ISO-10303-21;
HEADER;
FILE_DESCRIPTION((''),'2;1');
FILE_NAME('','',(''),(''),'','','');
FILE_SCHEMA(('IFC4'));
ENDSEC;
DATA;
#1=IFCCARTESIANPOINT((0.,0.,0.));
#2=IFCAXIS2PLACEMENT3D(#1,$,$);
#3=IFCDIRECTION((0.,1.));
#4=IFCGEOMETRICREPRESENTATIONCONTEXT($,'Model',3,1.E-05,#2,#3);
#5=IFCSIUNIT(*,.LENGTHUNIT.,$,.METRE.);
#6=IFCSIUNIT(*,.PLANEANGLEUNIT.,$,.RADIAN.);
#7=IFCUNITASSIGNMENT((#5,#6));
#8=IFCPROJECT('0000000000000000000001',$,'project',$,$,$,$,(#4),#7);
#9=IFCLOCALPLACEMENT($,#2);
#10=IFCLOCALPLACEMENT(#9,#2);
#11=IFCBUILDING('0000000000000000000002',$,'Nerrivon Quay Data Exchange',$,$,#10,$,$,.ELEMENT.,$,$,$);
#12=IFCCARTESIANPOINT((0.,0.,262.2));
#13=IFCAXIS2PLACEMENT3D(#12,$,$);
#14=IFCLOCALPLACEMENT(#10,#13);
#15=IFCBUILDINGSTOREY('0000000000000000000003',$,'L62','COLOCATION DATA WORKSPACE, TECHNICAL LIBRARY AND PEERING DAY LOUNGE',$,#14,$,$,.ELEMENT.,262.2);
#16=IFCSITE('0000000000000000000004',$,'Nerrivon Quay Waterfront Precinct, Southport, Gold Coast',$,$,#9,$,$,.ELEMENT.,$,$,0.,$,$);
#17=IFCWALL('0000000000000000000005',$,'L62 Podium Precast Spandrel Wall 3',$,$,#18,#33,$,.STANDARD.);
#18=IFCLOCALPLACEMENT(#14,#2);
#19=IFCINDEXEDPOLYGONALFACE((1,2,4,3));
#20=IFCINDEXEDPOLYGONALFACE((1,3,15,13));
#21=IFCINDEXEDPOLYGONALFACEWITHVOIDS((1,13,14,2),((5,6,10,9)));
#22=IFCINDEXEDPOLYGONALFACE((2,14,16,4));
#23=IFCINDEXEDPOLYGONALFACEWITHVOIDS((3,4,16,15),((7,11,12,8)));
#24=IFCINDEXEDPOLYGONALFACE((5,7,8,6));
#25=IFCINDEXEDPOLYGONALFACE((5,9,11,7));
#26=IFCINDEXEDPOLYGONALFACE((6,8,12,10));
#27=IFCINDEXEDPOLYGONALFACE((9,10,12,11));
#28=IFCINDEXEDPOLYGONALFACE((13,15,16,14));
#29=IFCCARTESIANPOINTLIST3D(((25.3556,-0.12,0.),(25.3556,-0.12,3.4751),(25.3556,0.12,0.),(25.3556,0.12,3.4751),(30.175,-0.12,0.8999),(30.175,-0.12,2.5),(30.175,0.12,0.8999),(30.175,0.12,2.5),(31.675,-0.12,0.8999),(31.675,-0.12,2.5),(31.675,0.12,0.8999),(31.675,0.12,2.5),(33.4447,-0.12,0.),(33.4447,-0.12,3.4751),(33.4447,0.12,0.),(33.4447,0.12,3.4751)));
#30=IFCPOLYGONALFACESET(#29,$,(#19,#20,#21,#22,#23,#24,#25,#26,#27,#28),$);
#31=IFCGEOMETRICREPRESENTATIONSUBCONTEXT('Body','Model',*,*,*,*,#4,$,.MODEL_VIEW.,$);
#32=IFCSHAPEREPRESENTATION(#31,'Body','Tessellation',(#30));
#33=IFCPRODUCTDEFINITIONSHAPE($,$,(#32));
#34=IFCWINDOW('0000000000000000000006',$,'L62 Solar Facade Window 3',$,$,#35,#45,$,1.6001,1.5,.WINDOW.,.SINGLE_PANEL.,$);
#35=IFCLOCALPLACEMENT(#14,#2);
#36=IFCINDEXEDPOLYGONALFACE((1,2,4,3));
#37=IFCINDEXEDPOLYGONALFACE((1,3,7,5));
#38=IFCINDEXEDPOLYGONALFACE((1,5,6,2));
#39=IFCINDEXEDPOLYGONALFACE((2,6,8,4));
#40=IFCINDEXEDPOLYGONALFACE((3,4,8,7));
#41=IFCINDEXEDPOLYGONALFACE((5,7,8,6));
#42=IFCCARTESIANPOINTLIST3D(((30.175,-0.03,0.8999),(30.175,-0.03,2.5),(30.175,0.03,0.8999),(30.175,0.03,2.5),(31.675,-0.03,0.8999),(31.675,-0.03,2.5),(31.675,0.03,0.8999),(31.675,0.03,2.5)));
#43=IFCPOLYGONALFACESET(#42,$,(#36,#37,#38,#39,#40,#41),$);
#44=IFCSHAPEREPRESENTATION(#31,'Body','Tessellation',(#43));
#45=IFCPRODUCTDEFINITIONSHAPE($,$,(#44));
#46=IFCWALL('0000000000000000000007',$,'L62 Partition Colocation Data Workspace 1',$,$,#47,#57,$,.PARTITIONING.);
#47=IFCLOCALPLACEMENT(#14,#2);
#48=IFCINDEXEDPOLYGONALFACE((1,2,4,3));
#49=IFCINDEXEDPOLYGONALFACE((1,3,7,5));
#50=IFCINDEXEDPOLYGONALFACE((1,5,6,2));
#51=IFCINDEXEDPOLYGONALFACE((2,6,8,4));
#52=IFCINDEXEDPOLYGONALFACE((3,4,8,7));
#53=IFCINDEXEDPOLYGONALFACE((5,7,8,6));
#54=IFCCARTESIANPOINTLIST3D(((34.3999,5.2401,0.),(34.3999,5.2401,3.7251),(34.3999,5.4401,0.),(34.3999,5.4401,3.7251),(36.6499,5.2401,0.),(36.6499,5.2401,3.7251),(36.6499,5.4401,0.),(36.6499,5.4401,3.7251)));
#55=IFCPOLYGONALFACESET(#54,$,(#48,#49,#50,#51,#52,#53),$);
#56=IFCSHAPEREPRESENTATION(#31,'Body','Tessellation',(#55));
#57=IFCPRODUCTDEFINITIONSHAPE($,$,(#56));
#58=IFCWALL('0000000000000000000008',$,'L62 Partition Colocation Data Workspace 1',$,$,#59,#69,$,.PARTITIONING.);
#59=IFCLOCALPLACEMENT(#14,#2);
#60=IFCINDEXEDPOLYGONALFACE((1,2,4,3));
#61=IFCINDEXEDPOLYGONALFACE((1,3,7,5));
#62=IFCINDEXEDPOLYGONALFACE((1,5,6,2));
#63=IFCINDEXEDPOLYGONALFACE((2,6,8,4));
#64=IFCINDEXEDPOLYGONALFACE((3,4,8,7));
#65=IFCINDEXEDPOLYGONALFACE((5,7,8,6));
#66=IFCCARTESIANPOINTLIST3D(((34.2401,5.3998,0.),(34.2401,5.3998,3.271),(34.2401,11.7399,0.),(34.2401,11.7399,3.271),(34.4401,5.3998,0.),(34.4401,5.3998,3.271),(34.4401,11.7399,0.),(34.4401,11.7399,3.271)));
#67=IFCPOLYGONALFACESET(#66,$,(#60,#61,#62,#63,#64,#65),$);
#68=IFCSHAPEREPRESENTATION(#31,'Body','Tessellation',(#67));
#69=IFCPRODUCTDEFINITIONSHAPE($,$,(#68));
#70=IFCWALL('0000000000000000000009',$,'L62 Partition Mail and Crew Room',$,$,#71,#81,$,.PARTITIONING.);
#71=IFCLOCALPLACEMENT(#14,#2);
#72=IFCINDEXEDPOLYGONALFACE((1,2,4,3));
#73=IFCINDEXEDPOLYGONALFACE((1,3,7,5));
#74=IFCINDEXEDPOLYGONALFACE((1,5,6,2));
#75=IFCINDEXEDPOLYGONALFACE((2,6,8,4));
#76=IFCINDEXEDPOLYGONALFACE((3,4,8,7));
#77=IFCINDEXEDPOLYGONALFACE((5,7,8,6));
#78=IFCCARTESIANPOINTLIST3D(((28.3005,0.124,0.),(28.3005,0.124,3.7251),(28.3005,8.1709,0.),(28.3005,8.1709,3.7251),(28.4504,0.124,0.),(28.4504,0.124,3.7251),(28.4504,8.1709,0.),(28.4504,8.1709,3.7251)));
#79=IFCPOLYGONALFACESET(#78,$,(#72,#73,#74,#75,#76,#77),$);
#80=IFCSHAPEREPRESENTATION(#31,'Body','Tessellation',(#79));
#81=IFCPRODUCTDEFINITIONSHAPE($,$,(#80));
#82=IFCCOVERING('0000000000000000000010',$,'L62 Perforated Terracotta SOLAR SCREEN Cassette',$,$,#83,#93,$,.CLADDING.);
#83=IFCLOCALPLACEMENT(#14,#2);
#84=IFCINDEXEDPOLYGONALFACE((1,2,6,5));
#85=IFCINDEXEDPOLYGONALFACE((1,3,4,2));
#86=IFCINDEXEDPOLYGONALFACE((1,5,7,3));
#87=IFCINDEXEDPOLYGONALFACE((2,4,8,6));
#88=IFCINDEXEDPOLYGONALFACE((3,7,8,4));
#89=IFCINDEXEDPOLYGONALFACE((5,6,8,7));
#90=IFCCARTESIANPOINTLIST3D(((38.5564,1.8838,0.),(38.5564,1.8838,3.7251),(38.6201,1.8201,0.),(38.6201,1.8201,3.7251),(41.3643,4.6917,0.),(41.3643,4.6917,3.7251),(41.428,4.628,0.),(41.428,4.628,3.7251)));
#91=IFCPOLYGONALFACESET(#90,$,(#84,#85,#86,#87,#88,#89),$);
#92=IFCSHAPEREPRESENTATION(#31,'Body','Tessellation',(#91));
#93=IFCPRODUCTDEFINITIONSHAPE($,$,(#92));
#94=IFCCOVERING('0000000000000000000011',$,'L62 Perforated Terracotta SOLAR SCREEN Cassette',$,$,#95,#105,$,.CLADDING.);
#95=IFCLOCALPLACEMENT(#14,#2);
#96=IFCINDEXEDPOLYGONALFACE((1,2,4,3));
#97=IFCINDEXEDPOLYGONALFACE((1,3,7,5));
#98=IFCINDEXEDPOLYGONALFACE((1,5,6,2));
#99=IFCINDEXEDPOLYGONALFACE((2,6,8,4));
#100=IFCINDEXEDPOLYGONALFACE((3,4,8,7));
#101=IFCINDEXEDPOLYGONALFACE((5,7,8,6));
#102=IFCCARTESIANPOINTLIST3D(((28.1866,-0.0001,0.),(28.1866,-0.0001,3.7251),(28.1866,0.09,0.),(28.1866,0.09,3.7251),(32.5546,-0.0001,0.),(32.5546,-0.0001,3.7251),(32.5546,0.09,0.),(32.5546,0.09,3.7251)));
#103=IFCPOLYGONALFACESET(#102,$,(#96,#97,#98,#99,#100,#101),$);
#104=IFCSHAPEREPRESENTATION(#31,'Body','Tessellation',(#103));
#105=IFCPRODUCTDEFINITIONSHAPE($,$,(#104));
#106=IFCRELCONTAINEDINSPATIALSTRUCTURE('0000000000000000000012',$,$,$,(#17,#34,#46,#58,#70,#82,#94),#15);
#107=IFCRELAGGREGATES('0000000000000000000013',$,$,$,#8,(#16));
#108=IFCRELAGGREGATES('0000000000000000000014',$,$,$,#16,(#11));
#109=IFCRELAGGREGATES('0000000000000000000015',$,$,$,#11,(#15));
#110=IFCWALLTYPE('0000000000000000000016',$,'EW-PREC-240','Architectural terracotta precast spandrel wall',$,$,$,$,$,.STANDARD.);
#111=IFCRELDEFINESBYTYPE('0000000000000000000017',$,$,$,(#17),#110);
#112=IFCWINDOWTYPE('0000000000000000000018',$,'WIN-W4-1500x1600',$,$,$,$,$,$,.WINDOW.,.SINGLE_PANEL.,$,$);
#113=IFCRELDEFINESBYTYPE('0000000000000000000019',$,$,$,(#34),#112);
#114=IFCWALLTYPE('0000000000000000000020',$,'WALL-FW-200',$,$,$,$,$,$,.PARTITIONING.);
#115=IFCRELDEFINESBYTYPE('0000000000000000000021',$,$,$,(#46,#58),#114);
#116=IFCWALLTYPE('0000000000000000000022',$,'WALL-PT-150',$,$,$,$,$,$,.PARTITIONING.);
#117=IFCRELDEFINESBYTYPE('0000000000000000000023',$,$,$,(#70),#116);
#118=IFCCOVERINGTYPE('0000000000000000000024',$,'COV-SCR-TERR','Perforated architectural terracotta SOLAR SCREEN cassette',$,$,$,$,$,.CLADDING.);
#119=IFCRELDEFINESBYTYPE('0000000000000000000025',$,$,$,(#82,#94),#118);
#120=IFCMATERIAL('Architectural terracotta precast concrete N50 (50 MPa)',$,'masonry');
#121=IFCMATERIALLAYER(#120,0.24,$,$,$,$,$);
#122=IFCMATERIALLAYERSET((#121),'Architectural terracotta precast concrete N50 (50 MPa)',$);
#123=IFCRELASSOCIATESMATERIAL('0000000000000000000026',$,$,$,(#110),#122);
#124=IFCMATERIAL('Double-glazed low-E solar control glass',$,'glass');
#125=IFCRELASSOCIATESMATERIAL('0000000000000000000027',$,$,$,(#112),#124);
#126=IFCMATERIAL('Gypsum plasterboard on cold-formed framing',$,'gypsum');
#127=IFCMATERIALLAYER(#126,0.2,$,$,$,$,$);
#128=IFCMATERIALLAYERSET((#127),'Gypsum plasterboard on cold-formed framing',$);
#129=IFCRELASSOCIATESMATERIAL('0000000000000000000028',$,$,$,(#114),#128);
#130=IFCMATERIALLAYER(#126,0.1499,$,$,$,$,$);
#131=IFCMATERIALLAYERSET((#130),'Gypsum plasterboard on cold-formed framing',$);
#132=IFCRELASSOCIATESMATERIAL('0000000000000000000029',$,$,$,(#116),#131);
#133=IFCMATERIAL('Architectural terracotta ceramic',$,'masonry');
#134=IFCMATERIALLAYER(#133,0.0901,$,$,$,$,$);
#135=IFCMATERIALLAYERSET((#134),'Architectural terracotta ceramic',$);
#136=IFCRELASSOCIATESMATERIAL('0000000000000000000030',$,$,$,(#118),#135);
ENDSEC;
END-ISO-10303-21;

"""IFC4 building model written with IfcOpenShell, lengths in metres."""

from ifc_helpers import new_model, si_unit, direction, frame, frame_2d, origin, origin_2d, place, context, subcontext, project, spatial, rectangle, extrude, material, layer, layer_set, type_object, element, fill, save


model = new_model("IFC4")

# Units and contexts
model_context = context("Model", 3, precision=1e-05, world=origin(), true_north=direction((0.0, 1.0)))
body_context = subcontext(model_context, "Body", "Model", "MODEL_VIEW")
ifc_project = project(units=[si_unit("LENGTHUNIT", "METRE"), si_unit("PLANEANGLEUNIT", "RADIAN")], contexts=[model_context])

# Site, building, storey
site_placement = place(None, origin())
site = spatial("IfcSite", under=ifc_project, at=site_placement, Name="Nerrivon Quay Waterfront Precinct, Southport, Gold Coast", CompositionType="ELEMENT", RefElevation=0.0)
building_placement = place(site_placement, origin())
building = spatial("IfcBuilding", under=site, at=building_placement, Name="Nerrivon Quay Data Exchange", CompositionType="ELEMENT")
storey_placement = place(building_placement, frame((0.0, 0.0, 262.2)))
storey = spatial("IfcBuildingStorey", under=building, at=storey_placement, Name="L62", Description="COLOCATION DATA WORKSPACE, TECHNICAL LIBRARY AND PEERING DAY LOUNGE", CompositionType="ELEMENT", Elevation=262.2)

# Shared definitions
ifc_material_1 = material(Name="Double-glazed low-E solar control glass", Category="glass")

# Wall, opening, window
ifc_material_2 = material(Name="Architectural terracotta precast concrete N50 (50 MPa)", Category="masonry")
ifc_layer_1 = layer(ifc_material_2, 0.24)
ifc_layer_set_1 = layer_set([ifc_layer_1], Name="Architectural terracotta precast concrete N50 (50 MPa)")
wall_type_1 = type_object("IfcWallType", Name="EW-PREC-240", Description="Architectural terracotta precast spandrel wall", PredefinedType="STANDARD", material=ifc_layer_set_1)
wall_1_placement = place(storey_placement, frame((33.4446, 0.0, 0.0), z_axis=(0.0, 0.0, 1.0), x_axis=(-1.0, 0.0, 0.0)))
wall_1 = element("IfcWall", 1, at=wall_1_placement, inside=storey, type_object=wall_type_1, Name="L62 Podium Precast Spandrel Wall 3", PredefinedType="STANDARD", context=body_context, shape_type="SweptSolid", body=[
    extrude(rectangle(XDim=8.0891, YDim=0.24, at=frame_2d((4.0444, 0.0))), origin(), (0.0, 0.0, 1.0), 3.4751),
])
opening_placement = place(wall_1_placement, frame((1.7695, 0.0, 0.8999)))
opening = element("IfcOpeningElement", 2, at=opening_placement, cuts=wall_1, PredefinedType="OPENING", context=body_context, shape_type="SweptSolid", body=[
    extrude(rectangle(XDim=1.5, YDim=1.6001, at=frame_2d((0.75, 0.8))), frame((0.0, 0.1299, 0.0), z_axis=(0.0, -1.0, 0.0), x_axis=(1.0, 0.0, 0.0)), (0.0, 0.0, 1.0), 0.26),
])
window_type = type_object("IfcWindowType", Name="WIN-W4-1500x1600", PartitioningType="SINGLE_PANEL", PredefinedType="WINDOW", material=ifc_material_1)
window_placement = place(opening_placement, origin())
window = element("IfcWindow", 3, at=window_placement, inside=storey, type_object=window_type, Name="L62 Solar Facade Window 3", OverallHeight=1.6001, OverallWidth=1.5, PartitioningType="SINGLE_PANEL", PredefinedType="WINDOW", context=body_context, shape_type="SweptSolid", body=[
    extrude(rectangle(XDim=1.5, YDim=1.6001, at=frame_2d((0.75, 0.8))), frame((0.0, 0.03, 0.0), z_axis=(0.0, -1.0, 0.0), x_axis=(1.0, 0.0, 0.0)), (0.0, 0.0, 1.0), 0.0601),
])
fill(opening, window)

# Walls
ifc_material_3 = material(Name="Gypsum plasterboard on cold-formed framing", Category="gypsum")
ifc_layer_2 = layer(ifc_material_3, 0.2)
ifc_layer_set_2 = layer_set([ifc_layer_2], Name="Gypsum plasterboard on cold-formed framing")
wall_type_2 = type_object("IfcWallType", Name="WALL-FW-200", PredefinedType="PARTITIONING", material=ifc_layer_set_2)
wall_2_placement = place(storey_placement, frame((36.6499, 5.3401, 0.0), z_axis=(0.0, 0.0, 1.0), x_axis=(-1.0, 0.0, 0.0)))
element("IfcWall", 4, at=wall_2_placement, inside=storey, type_object=wall_type_2, Name="L62 Partition Colocation Data Workspace 1", PredefinedType="PARTITIONING", context=body_context, shape_type="SweptSolid", body=[
    extrude(rectangle(XDim=2.25, YDim=0.2, at=frame_2d((1.125, 0.0))), origin(), (0.0, 0.0, 1.0), 3.7251),
])
wall_3_placement = place(storey_placement, frame((34.3401, 5.3999, 0.0), z_axis=(0.0, 0.0, 1.0), x_axis=(0.0, 1.0, 0.0)))
element("IfcWall", 5, at=wall_3_placement, inside=storey, type_object=wall_type_2, Name="L62 Partition Colocation Data Workspace 1", PredefinedType="PARTITIONING", context=body_context, shape_type="SweptSolid", body=[
    extrude(rectangle(XDim=6.3401, YDim=0.2, at=frame_2d((3.1699, 0.0))), origin(), (0.0, 0.0, 1.0), 3.271),
])
ifc_layer_3 = layer(ifc_material_3, 0.1499)
ifc_layer_set_3 = layer_set([ifc_layer_3], Name="Gypsum plasterboard on cold-formed framing")
wall_type_3 = type_object("IfcWallType", Name="WALL-PT-150", PredefinedType="PARTITIONING", material=ifc_layer_set_3)
wall_4_placement = place(storey_placement, frame((28.3755, 0.124, 0.0), z_axis=(0.0, 0.0, 1.0), x_axis=(0.0, 1.0, 0.0)))
element("IfcWall", 6, at=wall_4_placement, inside=storey, type_object=wall_type_3, Name="L62 Partition Mail and Crew Room", PredefinedType="PARTITIONING", context=body_context, shape_type="SweptSolid", body=[
    extrude(rectangle(XDim=8.0469, YDim=0.1499, at=frame_2d((4.0234, 0.0))), origin(), (0.0, 0.0, 1.0), 3.7251),
])

# Coverings
ifc_material_4 = material(Name="Architectural terracotta ceramic", Category="masonry")
ifc_layer_4 = layer(ifc_material_4, 0.0901)
ifc_layer_set_4 = layer_set([ifc_layer_4], Name="Architectural terracotta ceramic")
covering_type = type_object("IfcCoveringType", Name="COV-SCR-TERR", Description="Perforated architectural terracotta SOLAR SCREEN cassette", PredefinedType="CLADDING", material=ifc_layer_set_4)
covering_1_placement = place(storey_placement, frame((39.9922, 3.2559, 0.0), z_axis=(0.0, 0.0, 1.0), x_axis=(-0.707107, -0.707107, 0.0)))
element("IfcCovering", 7, at=covering_1_placement, inside=storey, type_object=covering_type, Name="L62 Perforated Terracotta SOLAR SCREEN Cassette", PredefinedType="CLADDING", context=body_context, shape_type="SweptSolid", body=[
    extrude(rectangle(XDim=3.9709, YDim=0.0901, at=origin_2d()), origin(), (0.0, 0.0, 1.0), 3.7251),
])
covering_2_placement = place(storey_placement, frame((30.3706, 0.0449, 0.0), z_axis=(0.0, 0.0, 1.0), x_axis=(-1.0, 0.0, 0.0)))
element("IfcCovering", 8, at=covering_2_placement, inside=storey, type_object=covering_type, Name="L62 Perforated Terracotta SOLAR SCREEN Cassette", PredefinedType="CLADDING", context=body_context, shape_type="SweptSolid", body=[
    extrude(rectangle(XDim=4.3679, YDim=0.0901, at=origin_2d()), origin(), (0.0, 0.0, 1.0), 3.7251),
])

save(model, "model.ifc")
